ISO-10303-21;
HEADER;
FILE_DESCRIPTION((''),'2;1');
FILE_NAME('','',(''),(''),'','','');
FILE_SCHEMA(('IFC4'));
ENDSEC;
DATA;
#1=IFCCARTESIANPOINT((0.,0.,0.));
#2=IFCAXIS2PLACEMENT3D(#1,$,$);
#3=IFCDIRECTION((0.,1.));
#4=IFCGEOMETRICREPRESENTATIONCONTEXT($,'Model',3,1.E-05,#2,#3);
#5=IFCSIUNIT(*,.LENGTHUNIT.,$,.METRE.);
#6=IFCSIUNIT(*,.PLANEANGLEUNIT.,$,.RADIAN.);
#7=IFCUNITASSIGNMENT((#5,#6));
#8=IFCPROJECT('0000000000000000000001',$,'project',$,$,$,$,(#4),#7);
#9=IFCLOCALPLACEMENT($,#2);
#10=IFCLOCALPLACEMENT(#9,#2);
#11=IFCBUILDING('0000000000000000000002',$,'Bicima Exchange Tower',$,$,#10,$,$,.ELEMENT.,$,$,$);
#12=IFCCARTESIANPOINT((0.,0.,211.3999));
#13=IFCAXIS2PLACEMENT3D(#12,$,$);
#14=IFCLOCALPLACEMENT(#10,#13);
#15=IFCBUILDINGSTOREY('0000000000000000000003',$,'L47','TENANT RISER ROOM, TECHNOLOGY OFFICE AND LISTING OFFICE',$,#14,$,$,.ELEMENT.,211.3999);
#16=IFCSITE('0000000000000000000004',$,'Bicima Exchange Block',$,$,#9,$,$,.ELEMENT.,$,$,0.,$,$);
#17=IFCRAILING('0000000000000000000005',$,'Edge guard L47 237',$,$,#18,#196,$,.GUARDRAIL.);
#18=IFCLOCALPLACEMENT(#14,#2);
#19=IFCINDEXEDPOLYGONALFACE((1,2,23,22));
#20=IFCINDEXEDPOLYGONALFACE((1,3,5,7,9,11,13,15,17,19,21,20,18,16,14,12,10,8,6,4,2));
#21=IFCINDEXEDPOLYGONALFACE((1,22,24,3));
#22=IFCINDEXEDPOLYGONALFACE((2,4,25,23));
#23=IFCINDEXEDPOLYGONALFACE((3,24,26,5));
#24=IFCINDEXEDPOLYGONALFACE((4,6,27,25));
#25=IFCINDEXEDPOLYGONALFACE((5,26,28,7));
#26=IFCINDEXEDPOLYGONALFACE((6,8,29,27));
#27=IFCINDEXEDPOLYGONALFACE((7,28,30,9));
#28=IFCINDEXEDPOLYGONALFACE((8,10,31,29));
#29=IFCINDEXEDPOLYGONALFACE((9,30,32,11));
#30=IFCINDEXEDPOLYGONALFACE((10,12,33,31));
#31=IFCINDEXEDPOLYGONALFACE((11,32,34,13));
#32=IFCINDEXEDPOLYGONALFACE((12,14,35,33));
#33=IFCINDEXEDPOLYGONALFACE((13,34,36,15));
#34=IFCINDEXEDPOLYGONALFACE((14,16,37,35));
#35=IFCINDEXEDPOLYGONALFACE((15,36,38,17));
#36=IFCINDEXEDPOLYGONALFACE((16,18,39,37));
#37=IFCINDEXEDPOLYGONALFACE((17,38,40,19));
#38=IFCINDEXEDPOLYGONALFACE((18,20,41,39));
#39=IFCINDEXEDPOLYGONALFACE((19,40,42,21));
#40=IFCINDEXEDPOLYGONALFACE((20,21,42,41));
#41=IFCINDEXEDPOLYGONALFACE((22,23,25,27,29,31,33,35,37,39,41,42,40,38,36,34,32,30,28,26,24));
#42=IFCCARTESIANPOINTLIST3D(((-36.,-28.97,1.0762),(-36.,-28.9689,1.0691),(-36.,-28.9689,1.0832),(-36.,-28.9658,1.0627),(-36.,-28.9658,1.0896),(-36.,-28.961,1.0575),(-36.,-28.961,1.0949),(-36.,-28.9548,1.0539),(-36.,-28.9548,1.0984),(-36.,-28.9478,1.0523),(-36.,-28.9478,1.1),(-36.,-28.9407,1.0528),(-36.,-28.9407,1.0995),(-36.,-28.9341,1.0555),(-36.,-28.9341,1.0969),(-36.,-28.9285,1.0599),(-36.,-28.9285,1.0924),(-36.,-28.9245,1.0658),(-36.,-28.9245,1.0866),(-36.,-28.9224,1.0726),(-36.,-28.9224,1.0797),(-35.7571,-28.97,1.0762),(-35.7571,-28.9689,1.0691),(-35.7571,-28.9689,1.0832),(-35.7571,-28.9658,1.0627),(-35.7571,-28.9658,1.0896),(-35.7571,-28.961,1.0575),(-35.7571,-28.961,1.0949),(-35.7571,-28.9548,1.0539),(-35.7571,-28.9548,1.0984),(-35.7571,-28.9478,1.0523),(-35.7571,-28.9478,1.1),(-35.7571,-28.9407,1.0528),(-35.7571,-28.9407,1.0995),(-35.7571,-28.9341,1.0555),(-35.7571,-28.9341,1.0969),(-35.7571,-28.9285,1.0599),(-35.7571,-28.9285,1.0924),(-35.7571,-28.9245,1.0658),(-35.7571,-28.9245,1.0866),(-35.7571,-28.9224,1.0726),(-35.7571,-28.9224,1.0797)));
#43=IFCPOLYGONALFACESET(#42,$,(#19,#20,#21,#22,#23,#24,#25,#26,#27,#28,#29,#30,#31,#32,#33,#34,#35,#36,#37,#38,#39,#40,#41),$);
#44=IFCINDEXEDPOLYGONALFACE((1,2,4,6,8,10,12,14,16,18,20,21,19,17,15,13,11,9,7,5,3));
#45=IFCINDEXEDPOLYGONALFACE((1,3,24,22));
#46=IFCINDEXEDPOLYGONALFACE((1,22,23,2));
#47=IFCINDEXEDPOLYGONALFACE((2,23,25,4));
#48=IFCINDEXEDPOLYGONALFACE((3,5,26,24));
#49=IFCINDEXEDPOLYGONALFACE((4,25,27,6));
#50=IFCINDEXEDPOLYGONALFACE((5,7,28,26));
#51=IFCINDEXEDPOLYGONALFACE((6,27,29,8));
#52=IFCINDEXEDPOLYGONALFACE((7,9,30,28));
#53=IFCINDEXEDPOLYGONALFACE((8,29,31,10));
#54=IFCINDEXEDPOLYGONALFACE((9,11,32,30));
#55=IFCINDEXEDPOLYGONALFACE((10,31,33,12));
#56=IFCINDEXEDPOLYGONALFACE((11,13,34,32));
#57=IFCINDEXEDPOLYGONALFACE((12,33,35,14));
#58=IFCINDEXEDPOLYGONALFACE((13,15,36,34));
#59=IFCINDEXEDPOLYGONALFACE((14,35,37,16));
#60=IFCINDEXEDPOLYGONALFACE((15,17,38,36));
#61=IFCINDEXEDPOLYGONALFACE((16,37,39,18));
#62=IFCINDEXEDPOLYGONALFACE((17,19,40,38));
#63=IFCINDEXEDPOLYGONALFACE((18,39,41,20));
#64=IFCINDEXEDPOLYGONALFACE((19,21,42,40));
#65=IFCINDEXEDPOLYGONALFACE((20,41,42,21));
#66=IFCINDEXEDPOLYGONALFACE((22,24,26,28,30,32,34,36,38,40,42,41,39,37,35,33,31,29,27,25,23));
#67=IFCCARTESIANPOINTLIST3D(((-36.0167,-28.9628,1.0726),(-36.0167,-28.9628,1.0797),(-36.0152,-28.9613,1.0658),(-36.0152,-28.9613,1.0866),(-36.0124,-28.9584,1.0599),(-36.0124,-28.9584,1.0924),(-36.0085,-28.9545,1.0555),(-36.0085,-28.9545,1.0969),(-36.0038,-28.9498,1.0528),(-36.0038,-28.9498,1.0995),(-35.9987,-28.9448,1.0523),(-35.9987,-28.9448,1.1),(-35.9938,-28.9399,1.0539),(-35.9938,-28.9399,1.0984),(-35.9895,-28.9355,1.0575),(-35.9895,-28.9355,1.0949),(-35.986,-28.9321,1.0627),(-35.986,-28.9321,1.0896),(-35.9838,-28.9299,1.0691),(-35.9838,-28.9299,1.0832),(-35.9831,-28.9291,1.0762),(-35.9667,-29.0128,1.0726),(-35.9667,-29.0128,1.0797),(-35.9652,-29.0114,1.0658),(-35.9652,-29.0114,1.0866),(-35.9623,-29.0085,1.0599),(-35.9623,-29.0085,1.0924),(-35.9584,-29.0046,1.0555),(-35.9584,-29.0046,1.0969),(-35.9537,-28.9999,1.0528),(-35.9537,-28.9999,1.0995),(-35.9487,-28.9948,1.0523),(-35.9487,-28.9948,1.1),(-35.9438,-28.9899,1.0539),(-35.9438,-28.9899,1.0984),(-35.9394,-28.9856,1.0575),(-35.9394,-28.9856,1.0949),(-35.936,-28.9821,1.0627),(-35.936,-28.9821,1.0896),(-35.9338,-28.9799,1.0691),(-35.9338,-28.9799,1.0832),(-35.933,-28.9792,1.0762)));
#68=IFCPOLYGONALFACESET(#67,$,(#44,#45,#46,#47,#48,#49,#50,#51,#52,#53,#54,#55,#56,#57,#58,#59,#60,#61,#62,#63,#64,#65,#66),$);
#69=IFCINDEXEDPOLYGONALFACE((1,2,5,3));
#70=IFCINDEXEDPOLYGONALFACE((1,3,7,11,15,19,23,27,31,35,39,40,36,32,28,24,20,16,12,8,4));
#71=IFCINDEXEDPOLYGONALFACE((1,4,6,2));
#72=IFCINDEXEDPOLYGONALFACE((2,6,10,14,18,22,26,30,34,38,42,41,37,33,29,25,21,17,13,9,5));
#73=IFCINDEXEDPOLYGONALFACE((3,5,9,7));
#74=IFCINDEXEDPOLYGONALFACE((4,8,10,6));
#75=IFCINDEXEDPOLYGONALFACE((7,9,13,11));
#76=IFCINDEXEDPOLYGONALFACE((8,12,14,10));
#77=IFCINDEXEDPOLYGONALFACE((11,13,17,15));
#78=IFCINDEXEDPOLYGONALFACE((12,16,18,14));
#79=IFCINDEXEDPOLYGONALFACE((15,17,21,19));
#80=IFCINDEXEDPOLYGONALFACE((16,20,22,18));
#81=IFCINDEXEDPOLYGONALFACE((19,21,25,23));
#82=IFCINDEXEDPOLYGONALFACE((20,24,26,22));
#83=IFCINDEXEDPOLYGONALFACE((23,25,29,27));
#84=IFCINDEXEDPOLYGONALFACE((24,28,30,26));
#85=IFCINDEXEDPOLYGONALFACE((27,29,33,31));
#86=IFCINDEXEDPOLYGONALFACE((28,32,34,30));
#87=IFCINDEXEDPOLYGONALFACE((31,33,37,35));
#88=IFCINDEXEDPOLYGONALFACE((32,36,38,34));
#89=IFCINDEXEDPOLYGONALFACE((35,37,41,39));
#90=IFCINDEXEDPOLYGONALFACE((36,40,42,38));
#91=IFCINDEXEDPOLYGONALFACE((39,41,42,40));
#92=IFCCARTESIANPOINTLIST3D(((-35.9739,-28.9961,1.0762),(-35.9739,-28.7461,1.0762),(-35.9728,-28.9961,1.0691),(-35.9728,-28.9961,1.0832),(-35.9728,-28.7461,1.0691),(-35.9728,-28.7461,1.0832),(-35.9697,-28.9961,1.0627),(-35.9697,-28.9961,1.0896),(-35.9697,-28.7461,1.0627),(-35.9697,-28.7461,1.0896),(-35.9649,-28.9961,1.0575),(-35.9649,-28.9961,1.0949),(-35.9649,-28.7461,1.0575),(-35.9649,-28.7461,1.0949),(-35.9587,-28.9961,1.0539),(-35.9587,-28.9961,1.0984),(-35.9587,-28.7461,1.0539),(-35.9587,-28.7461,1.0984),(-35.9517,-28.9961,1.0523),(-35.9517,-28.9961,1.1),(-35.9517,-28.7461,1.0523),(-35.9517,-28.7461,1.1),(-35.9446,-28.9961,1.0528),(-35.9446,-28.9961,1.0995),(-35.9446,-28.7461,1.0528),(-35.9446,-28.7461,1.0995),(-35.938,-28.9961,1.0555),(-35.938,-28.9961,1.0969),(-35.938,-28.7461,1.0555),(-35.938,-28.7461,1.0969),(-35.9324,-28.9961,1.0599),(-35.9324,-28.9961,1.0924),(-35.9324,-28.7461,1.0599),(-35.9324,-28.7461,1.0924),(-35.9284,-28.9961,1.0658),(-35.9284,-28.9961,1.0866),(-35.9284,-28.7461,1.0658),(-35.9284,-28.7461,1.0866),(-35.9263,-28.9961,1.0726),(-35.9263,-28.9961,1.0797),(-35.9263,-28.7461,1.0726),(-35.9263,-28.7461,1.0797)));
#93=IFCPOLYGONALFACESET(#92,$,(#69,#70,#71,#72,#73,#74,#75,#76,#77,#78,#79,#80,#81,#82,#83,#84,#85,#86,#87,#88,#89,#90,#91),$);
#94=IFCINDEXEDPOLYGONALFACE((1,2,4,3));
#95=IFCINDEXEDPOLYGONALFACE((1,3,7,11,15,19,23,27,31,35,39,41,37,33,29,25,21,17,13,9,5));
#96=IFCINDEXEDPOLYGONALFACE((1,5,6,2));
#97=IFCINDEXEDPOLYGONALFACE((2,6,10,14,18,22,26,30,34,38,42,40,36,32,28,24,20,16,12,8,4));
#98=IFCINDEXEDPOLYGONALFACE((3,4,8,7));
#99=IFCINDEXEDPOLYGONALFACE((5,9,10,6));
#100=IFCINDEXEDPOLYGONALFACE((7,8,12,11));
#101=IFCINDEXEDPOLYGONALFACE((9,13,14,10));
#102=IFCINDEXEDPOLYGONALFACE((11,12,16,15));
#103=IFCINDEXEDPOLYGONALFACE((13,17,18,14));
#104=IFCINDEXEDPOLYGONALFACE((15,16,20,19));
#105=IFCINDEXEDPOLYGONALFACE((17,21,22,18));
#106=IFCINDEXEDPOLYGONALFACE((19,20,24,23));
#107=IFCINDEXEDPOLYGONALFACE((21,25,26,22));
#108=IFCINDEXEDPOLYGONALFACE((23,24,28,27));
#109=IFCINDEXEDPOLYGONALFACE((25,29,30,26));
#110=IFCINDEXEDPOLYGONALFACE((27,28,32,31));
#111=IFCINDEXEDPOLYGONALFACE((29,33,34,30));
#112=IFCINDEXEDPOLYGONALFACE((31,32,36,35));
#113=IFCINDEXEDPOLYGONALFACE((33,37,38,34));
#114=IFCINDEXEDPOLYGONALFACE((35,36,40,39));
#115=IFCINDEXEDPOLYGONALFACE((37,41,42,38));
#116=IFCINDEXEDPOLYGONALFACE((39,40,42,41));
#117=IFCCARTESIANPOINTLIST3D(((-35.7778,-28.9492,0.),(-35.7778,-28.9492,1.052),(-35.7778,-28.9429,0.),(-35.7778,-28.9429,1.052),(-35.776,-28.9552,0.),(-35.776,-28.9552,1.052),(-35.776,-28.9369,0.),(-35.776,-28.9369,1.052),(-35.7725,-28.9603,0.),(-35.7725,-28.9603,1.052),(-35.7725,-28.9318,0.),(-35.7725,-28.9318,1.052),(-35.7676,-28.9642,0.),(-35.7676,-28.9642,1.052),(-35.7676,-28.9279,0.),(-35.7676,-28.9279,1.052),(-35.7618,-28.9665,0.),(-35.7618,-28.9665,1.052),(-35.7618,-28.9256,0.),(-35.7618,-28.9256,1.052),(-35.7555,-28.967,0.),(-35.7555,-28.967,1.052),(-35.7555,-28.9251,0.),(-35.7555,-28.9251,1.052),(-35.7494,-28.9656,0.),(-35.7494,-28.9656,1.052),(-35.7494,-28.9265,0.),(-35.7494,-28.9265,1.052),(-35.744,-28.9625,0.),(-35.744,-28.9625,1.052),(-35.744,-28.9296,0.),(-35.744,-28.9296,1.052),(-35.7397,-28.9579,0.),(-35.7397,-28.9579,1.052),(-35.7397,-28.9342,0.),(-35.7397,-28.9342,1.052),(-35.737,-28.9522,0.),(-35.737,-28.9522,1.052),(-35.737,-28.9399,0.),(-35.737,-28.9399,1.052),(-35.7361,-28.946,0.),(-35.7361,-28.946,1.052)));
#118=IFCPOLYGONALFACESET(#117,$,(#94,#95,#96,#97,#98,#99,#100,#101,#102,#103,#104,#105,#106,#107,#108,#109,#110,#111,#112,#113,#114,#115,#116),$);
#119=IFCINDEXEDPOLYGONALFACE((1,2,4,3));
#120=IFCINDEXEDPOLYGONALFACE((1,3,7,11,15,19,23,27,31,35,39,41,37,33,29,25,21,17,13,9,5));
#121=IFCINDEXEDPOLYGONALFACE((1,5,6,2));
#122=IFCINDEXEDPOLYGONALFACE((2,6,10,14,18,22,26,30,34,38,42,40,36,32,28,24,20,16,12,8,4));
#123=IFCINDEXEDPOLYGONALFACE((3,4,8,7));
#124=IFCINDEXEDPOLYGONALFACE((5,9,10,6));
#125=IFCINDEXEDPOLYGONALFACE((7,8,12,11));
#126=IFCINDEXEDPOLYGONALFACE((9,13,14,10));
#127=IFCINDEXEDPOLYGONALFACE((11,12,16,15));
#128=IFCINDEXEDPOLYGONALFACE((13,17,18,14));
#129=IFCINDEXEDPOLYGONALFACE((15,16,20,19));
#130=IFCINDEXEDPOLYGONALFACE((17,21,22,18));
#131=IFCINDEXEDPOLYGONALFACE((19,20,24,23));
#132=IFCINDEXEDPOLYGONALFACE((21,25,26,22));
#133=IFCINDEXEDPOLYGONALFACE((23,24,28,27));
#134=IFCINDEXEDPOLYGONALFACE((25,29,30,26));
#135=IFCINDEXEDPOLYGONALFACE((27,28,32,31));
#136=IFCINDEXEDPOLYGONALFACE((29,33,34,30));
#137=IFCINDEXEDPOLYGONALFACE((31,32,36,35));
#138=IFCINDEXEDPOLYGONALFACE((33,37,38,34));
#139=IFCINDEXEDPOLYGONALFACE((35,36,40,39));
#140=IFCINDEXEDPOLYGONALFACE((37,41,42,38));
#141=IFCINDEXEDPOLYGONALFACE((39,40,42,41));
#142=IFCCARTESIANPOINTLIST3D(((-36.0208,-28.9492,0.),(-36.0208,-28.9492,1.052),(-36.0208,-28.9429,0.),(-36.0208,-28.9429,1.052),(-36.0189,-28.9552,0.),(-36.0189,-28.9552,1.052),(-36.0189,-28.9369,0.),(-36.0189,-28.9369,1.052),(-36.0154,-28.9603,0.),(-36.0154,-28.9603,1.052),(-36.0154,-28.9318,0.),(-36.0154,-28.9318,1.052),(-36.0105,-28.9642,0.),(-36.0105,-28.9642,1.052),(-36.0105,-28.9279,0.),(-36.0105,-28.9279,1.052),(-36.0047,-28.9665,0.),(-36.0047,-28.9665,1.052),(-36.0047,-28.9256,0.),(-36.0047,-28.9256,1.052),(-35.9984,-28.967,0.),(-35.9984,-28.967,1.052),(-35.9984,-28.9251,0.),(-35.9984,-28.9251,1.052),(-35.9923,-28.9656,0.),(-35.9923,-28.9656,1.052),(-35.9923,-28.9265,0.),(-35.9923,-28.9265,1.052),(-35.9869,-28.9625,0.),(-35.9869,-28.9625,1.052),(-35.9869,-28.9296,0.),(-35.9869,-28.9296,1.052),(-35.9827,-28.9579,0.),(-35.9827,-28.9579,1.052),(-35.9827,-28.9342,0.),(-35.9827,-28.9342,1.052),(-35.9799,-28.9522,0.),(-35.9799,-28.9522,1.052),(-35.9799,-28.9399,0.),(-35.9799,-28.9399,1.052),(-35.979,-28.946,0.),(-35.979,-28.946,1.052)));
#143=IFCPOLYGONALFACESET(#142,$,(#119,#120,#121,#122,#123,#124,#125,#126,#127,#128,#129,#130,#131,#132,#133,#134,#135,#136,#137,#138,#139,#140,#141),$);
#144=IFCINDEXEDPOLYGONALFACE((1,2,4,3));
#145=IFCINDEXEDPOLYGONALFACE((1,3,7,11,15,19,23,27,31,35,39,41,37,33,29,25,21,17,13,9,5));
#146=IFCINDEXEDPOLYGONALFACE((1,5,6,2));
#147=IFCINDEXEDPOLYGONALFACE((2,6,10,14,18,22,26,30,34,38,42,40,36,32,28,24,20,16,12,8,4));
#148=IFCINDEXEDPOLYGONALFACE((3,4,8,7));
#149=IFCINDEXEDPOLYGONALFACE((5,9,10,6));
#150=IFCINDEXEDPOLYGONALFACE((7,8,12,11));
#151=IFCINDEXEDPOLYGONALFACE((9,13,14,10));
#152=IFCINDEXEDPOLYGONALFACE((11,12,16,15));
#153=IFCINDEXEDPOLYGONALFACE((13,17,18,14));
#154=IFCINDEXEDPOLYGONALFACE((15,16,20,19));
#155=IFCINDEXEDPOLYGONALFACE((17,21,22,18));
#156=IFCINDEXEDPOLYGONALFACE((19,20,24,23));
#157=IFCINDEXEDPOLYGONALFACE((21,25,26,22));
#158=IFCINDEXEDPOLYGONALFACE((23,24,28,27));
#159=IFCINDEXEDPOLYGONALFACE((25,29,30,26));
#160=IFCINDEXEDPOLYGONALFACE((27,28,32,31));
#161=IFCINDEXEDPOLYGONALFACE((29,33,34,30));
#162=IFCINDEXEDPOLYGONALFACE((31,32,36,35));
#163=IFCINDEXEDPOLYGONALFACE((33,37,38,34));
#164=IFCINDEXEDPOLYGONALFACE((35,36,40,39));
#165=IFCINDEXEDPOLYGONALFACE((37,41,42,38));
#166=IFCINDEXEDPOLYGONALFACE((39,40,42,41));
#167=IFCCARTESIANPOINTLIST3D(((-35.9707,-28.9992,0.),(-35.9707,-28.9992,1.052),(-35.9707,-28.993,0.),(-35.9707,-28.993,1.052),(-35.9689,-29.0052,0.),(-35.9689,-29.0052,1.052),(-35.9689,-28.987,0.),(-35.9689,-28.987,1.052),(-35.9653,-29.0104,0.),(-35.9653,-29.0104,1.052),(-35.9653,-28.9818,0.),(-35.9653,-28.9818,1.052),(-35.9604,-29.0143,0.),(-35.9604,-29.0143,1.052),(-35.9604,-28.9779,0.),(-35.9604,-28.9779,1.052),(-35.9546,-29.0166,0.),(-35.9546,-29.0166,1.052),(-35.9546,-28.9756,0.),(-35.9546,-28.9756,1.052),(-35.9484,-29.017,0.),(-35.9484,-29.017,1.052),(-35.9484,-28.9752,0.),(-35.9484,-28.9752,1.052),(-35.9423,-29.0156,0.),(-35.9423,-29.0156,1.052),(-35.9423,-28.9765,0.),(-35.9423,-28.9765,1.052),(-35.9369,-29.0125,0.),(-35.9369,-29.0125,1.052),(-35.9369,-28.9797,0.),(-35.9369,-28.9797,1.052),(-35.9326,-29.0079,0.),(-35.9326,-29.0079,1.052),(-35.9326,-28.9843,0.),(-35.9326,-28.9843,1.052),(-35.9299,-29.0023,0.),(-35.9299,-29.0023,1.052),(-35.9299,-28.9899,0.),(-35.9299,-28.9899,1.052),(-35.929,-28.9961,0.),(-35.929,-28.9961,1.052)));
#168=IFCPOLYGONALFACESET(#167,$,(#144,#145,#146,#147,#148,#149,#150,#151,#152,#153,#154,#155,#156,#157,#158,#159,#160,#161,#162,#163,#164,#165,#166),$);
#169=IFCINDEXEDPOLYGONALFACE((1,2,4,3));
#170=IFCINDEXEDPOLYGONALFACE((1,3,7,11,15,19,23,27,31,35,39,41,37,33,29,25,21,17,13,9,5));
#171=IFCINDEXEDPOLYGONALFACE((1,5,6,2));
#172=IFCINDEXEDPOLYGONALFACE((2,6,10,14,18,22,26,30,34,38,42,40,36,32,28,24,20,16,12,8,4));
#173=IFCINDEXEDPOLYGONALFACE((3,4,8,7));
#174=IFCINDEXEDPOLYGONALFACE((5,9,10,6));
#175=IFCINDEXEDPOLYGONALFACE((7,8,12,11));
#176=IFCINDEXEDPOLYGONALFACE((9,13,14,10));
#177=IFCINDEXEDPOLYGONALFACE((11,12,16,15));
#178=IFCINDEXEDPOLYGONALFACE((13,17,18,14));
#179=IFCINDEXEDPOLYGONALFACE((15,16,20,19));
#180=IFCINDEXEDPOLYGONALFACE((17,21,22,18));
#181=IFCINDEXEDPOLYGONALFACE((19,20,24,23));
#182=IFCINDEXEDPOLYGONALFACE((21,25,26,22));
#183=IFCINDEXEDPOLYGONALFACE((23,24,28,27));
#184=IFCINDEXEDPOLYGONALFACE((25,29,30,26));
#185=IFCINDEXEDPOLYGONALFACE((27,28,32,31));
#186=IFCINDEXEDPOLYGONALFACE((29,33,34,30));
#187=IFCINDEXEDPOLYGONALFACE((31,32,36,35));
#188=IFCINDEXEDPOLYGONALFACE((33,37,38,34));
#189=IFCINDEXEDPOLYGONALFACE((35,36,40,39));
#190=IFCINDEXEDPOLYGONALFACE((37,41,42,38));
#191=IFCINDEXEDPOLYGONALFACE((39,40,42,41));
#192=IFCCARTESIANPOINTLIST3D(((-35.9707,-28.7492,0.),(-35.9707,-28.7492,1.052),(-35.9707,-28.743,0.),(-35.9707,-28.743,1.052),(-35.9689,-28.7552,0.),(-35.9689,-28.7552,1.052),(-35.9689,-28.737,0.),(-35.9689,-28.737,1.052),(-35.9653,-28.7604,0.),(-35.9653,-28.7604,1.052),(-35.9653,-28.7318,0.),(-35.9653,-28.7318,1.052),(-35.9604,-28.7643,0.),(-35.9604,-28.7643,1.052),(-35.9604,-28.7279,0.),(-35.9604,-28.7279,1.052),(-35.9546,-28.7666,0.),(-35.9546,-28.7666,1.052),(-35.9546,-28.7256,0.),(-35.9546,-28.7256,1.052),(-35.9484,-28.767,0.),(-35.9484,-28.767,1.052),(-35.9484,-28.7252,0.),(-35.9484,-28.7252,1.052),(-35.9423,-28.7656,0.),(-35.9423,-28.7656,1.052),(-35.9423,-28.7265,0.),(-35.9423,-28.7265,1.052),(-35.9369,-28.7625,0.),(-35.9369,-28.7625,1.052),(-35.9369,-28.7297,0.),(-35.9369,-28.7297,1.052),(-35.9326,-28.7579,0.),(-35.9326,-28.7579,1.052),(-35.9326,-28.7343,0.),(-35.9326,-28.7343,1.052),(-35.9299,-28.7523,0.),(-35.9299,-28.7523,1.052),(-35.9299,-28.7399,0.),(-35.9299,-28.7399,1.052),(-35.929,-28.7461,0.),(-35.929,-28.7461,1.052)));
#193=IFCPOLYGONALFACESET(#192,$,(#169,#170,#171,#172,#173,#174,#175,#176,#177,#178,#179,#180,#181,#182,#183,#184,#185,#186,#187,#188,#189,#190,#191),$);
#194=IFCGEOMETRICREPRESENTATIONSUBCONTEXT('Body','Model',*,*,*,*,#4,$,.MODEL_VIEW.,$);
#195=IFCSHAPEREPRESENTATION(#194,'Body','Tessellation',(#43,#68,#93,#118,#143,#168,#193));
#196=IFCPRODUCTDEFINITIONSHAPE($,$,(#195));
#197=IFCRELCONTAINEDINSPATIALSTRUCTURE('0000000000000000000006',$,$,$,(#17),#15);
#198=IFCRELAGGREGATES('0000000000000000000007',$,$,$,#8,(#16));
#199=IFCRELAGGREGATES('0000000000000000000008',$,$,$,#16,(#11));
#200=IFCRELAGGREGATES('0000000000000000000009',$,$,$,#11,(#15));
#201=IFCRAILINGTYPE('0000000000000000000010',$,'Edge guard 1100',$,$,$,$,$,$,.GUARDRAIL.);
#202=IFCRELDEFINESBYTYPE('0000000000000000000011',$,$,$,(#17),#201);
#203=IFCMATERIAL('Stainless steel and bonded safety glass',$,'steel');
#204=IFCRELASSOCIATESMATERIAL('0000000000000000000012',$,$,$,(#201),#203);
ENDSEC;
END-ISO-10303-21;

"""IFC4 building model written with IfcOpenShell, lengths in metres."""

from ifc_helpers import new_model, si_unit, direction, frame, origin, origin_2d, place, context, subcontext, project, spatial, circle, extrude, material, type_object, element, save


model = new_model("IFC4")

# Units and contexts
model_context = context("Model", 3, precision=1e-05, world=origin(), true_north=direction((0.0, 1.0)))
body_context = subcontext(model_context, "Body", "Model", "MODEL_VIEW")
ifc_project = project(units=[si_unit("LENGTHUNIT", "METRE"), si_unit("PLANEANGLEUNIT", "RADIAN")], contexts=[model_context])

# Site, building, storey
site_placement = place(None, origin())
site = spatial("IfcSite", under=ifc_project, at=site_placement, Name="Bicima Exchange Block", CompositionType="ELEMENT", RefElevation=0.0)
building_placement = place(site_placement, origin())
building = spatial("IfcBuilding", under=site, at=building_placement, Name="Bicima Exchange Tower", CompositionType="ELEMENT")
storey_placement = place(building_placement, frame((0.0, 0.0, 211.3999)))
storey = spatial("IfcBuildingStorey", under=building, at=storey_placement, Name="L47", Description="TENANT RISER ROOM, TECHNOLOGY OFFICE AND LISTING OFFICE", CompositionType="ELEMENT", Elevation=211.3999)

# Railing
ifc_material_1 = material(Name="Stainless steel and bonded safety glass", Category="steel")
railing_type = type_object("IfcRailingType", Name="Edge guard 1100", PredefinedType="GUARDRAIL", material=ifc_material_1)
railing_1_placement = place(storey_placement, frame((-35.7571, -28.946, 0.0)))
element("IfcRailing", 1, at=railing_1_placement, inside=storey, type_object=railing_type, Name="Edge guard L47 237", PredefinedType="GUARDRAIL", context=body_context, shape_type="SweptSolid", body=[
    extrude(circle(Radius=0.0239, at=origin_2d()), frame((0.0, 0.0, 1.0762), z_axis=(-1.0, 0.0, 0.0), x_axis=(0.0, -1.0, 0.0)), (0.0, 0.0, 1.0), 0.2429),
    extrude(circle(Radius=0.0239, at=origin_2d()), frame((-0.2429, 0.0, 1.0762), z_axis=(0.707107, -0.707107, 0.0), x_axis=(0.707107, 0.707107, 0.0)), (0.0, 0.0, 1.0), 0.0708),
    extrude(circle(Radius=0.0239, at=origin_2d()), frame((-0.1929, -0.05, 1.0762), z_axis=(0.0, 1.0, 0.0), x_axis=(-1.0, 0.0, 0.0)), (0.0, 0.0, 1.0), 0.25),
    extrude(circle(Radius=0.021, at=origin_2d()), origin(), (0.0, 0.0, 1.0), 1.052),
    extrude(circle(Radius=0.021, at=origin_2d()), frame((-0.2429, 0.0, 0.0)), (0.0, 0.0, 1.0), 1.052),
    extrude(circle(Radius=0.021, at=origin_2d()), frame((-0.1929, -0.05, 0.0)), (0.0, 0.0, 1.0), 1.052),
    extrude(circle(Radius=0.021, at=origin_2d()), frame((-0.1929, 0.2, 0.0)), (0.0, 0.0, 1.0), 1.052),
])

save(model, "model.ifc")
